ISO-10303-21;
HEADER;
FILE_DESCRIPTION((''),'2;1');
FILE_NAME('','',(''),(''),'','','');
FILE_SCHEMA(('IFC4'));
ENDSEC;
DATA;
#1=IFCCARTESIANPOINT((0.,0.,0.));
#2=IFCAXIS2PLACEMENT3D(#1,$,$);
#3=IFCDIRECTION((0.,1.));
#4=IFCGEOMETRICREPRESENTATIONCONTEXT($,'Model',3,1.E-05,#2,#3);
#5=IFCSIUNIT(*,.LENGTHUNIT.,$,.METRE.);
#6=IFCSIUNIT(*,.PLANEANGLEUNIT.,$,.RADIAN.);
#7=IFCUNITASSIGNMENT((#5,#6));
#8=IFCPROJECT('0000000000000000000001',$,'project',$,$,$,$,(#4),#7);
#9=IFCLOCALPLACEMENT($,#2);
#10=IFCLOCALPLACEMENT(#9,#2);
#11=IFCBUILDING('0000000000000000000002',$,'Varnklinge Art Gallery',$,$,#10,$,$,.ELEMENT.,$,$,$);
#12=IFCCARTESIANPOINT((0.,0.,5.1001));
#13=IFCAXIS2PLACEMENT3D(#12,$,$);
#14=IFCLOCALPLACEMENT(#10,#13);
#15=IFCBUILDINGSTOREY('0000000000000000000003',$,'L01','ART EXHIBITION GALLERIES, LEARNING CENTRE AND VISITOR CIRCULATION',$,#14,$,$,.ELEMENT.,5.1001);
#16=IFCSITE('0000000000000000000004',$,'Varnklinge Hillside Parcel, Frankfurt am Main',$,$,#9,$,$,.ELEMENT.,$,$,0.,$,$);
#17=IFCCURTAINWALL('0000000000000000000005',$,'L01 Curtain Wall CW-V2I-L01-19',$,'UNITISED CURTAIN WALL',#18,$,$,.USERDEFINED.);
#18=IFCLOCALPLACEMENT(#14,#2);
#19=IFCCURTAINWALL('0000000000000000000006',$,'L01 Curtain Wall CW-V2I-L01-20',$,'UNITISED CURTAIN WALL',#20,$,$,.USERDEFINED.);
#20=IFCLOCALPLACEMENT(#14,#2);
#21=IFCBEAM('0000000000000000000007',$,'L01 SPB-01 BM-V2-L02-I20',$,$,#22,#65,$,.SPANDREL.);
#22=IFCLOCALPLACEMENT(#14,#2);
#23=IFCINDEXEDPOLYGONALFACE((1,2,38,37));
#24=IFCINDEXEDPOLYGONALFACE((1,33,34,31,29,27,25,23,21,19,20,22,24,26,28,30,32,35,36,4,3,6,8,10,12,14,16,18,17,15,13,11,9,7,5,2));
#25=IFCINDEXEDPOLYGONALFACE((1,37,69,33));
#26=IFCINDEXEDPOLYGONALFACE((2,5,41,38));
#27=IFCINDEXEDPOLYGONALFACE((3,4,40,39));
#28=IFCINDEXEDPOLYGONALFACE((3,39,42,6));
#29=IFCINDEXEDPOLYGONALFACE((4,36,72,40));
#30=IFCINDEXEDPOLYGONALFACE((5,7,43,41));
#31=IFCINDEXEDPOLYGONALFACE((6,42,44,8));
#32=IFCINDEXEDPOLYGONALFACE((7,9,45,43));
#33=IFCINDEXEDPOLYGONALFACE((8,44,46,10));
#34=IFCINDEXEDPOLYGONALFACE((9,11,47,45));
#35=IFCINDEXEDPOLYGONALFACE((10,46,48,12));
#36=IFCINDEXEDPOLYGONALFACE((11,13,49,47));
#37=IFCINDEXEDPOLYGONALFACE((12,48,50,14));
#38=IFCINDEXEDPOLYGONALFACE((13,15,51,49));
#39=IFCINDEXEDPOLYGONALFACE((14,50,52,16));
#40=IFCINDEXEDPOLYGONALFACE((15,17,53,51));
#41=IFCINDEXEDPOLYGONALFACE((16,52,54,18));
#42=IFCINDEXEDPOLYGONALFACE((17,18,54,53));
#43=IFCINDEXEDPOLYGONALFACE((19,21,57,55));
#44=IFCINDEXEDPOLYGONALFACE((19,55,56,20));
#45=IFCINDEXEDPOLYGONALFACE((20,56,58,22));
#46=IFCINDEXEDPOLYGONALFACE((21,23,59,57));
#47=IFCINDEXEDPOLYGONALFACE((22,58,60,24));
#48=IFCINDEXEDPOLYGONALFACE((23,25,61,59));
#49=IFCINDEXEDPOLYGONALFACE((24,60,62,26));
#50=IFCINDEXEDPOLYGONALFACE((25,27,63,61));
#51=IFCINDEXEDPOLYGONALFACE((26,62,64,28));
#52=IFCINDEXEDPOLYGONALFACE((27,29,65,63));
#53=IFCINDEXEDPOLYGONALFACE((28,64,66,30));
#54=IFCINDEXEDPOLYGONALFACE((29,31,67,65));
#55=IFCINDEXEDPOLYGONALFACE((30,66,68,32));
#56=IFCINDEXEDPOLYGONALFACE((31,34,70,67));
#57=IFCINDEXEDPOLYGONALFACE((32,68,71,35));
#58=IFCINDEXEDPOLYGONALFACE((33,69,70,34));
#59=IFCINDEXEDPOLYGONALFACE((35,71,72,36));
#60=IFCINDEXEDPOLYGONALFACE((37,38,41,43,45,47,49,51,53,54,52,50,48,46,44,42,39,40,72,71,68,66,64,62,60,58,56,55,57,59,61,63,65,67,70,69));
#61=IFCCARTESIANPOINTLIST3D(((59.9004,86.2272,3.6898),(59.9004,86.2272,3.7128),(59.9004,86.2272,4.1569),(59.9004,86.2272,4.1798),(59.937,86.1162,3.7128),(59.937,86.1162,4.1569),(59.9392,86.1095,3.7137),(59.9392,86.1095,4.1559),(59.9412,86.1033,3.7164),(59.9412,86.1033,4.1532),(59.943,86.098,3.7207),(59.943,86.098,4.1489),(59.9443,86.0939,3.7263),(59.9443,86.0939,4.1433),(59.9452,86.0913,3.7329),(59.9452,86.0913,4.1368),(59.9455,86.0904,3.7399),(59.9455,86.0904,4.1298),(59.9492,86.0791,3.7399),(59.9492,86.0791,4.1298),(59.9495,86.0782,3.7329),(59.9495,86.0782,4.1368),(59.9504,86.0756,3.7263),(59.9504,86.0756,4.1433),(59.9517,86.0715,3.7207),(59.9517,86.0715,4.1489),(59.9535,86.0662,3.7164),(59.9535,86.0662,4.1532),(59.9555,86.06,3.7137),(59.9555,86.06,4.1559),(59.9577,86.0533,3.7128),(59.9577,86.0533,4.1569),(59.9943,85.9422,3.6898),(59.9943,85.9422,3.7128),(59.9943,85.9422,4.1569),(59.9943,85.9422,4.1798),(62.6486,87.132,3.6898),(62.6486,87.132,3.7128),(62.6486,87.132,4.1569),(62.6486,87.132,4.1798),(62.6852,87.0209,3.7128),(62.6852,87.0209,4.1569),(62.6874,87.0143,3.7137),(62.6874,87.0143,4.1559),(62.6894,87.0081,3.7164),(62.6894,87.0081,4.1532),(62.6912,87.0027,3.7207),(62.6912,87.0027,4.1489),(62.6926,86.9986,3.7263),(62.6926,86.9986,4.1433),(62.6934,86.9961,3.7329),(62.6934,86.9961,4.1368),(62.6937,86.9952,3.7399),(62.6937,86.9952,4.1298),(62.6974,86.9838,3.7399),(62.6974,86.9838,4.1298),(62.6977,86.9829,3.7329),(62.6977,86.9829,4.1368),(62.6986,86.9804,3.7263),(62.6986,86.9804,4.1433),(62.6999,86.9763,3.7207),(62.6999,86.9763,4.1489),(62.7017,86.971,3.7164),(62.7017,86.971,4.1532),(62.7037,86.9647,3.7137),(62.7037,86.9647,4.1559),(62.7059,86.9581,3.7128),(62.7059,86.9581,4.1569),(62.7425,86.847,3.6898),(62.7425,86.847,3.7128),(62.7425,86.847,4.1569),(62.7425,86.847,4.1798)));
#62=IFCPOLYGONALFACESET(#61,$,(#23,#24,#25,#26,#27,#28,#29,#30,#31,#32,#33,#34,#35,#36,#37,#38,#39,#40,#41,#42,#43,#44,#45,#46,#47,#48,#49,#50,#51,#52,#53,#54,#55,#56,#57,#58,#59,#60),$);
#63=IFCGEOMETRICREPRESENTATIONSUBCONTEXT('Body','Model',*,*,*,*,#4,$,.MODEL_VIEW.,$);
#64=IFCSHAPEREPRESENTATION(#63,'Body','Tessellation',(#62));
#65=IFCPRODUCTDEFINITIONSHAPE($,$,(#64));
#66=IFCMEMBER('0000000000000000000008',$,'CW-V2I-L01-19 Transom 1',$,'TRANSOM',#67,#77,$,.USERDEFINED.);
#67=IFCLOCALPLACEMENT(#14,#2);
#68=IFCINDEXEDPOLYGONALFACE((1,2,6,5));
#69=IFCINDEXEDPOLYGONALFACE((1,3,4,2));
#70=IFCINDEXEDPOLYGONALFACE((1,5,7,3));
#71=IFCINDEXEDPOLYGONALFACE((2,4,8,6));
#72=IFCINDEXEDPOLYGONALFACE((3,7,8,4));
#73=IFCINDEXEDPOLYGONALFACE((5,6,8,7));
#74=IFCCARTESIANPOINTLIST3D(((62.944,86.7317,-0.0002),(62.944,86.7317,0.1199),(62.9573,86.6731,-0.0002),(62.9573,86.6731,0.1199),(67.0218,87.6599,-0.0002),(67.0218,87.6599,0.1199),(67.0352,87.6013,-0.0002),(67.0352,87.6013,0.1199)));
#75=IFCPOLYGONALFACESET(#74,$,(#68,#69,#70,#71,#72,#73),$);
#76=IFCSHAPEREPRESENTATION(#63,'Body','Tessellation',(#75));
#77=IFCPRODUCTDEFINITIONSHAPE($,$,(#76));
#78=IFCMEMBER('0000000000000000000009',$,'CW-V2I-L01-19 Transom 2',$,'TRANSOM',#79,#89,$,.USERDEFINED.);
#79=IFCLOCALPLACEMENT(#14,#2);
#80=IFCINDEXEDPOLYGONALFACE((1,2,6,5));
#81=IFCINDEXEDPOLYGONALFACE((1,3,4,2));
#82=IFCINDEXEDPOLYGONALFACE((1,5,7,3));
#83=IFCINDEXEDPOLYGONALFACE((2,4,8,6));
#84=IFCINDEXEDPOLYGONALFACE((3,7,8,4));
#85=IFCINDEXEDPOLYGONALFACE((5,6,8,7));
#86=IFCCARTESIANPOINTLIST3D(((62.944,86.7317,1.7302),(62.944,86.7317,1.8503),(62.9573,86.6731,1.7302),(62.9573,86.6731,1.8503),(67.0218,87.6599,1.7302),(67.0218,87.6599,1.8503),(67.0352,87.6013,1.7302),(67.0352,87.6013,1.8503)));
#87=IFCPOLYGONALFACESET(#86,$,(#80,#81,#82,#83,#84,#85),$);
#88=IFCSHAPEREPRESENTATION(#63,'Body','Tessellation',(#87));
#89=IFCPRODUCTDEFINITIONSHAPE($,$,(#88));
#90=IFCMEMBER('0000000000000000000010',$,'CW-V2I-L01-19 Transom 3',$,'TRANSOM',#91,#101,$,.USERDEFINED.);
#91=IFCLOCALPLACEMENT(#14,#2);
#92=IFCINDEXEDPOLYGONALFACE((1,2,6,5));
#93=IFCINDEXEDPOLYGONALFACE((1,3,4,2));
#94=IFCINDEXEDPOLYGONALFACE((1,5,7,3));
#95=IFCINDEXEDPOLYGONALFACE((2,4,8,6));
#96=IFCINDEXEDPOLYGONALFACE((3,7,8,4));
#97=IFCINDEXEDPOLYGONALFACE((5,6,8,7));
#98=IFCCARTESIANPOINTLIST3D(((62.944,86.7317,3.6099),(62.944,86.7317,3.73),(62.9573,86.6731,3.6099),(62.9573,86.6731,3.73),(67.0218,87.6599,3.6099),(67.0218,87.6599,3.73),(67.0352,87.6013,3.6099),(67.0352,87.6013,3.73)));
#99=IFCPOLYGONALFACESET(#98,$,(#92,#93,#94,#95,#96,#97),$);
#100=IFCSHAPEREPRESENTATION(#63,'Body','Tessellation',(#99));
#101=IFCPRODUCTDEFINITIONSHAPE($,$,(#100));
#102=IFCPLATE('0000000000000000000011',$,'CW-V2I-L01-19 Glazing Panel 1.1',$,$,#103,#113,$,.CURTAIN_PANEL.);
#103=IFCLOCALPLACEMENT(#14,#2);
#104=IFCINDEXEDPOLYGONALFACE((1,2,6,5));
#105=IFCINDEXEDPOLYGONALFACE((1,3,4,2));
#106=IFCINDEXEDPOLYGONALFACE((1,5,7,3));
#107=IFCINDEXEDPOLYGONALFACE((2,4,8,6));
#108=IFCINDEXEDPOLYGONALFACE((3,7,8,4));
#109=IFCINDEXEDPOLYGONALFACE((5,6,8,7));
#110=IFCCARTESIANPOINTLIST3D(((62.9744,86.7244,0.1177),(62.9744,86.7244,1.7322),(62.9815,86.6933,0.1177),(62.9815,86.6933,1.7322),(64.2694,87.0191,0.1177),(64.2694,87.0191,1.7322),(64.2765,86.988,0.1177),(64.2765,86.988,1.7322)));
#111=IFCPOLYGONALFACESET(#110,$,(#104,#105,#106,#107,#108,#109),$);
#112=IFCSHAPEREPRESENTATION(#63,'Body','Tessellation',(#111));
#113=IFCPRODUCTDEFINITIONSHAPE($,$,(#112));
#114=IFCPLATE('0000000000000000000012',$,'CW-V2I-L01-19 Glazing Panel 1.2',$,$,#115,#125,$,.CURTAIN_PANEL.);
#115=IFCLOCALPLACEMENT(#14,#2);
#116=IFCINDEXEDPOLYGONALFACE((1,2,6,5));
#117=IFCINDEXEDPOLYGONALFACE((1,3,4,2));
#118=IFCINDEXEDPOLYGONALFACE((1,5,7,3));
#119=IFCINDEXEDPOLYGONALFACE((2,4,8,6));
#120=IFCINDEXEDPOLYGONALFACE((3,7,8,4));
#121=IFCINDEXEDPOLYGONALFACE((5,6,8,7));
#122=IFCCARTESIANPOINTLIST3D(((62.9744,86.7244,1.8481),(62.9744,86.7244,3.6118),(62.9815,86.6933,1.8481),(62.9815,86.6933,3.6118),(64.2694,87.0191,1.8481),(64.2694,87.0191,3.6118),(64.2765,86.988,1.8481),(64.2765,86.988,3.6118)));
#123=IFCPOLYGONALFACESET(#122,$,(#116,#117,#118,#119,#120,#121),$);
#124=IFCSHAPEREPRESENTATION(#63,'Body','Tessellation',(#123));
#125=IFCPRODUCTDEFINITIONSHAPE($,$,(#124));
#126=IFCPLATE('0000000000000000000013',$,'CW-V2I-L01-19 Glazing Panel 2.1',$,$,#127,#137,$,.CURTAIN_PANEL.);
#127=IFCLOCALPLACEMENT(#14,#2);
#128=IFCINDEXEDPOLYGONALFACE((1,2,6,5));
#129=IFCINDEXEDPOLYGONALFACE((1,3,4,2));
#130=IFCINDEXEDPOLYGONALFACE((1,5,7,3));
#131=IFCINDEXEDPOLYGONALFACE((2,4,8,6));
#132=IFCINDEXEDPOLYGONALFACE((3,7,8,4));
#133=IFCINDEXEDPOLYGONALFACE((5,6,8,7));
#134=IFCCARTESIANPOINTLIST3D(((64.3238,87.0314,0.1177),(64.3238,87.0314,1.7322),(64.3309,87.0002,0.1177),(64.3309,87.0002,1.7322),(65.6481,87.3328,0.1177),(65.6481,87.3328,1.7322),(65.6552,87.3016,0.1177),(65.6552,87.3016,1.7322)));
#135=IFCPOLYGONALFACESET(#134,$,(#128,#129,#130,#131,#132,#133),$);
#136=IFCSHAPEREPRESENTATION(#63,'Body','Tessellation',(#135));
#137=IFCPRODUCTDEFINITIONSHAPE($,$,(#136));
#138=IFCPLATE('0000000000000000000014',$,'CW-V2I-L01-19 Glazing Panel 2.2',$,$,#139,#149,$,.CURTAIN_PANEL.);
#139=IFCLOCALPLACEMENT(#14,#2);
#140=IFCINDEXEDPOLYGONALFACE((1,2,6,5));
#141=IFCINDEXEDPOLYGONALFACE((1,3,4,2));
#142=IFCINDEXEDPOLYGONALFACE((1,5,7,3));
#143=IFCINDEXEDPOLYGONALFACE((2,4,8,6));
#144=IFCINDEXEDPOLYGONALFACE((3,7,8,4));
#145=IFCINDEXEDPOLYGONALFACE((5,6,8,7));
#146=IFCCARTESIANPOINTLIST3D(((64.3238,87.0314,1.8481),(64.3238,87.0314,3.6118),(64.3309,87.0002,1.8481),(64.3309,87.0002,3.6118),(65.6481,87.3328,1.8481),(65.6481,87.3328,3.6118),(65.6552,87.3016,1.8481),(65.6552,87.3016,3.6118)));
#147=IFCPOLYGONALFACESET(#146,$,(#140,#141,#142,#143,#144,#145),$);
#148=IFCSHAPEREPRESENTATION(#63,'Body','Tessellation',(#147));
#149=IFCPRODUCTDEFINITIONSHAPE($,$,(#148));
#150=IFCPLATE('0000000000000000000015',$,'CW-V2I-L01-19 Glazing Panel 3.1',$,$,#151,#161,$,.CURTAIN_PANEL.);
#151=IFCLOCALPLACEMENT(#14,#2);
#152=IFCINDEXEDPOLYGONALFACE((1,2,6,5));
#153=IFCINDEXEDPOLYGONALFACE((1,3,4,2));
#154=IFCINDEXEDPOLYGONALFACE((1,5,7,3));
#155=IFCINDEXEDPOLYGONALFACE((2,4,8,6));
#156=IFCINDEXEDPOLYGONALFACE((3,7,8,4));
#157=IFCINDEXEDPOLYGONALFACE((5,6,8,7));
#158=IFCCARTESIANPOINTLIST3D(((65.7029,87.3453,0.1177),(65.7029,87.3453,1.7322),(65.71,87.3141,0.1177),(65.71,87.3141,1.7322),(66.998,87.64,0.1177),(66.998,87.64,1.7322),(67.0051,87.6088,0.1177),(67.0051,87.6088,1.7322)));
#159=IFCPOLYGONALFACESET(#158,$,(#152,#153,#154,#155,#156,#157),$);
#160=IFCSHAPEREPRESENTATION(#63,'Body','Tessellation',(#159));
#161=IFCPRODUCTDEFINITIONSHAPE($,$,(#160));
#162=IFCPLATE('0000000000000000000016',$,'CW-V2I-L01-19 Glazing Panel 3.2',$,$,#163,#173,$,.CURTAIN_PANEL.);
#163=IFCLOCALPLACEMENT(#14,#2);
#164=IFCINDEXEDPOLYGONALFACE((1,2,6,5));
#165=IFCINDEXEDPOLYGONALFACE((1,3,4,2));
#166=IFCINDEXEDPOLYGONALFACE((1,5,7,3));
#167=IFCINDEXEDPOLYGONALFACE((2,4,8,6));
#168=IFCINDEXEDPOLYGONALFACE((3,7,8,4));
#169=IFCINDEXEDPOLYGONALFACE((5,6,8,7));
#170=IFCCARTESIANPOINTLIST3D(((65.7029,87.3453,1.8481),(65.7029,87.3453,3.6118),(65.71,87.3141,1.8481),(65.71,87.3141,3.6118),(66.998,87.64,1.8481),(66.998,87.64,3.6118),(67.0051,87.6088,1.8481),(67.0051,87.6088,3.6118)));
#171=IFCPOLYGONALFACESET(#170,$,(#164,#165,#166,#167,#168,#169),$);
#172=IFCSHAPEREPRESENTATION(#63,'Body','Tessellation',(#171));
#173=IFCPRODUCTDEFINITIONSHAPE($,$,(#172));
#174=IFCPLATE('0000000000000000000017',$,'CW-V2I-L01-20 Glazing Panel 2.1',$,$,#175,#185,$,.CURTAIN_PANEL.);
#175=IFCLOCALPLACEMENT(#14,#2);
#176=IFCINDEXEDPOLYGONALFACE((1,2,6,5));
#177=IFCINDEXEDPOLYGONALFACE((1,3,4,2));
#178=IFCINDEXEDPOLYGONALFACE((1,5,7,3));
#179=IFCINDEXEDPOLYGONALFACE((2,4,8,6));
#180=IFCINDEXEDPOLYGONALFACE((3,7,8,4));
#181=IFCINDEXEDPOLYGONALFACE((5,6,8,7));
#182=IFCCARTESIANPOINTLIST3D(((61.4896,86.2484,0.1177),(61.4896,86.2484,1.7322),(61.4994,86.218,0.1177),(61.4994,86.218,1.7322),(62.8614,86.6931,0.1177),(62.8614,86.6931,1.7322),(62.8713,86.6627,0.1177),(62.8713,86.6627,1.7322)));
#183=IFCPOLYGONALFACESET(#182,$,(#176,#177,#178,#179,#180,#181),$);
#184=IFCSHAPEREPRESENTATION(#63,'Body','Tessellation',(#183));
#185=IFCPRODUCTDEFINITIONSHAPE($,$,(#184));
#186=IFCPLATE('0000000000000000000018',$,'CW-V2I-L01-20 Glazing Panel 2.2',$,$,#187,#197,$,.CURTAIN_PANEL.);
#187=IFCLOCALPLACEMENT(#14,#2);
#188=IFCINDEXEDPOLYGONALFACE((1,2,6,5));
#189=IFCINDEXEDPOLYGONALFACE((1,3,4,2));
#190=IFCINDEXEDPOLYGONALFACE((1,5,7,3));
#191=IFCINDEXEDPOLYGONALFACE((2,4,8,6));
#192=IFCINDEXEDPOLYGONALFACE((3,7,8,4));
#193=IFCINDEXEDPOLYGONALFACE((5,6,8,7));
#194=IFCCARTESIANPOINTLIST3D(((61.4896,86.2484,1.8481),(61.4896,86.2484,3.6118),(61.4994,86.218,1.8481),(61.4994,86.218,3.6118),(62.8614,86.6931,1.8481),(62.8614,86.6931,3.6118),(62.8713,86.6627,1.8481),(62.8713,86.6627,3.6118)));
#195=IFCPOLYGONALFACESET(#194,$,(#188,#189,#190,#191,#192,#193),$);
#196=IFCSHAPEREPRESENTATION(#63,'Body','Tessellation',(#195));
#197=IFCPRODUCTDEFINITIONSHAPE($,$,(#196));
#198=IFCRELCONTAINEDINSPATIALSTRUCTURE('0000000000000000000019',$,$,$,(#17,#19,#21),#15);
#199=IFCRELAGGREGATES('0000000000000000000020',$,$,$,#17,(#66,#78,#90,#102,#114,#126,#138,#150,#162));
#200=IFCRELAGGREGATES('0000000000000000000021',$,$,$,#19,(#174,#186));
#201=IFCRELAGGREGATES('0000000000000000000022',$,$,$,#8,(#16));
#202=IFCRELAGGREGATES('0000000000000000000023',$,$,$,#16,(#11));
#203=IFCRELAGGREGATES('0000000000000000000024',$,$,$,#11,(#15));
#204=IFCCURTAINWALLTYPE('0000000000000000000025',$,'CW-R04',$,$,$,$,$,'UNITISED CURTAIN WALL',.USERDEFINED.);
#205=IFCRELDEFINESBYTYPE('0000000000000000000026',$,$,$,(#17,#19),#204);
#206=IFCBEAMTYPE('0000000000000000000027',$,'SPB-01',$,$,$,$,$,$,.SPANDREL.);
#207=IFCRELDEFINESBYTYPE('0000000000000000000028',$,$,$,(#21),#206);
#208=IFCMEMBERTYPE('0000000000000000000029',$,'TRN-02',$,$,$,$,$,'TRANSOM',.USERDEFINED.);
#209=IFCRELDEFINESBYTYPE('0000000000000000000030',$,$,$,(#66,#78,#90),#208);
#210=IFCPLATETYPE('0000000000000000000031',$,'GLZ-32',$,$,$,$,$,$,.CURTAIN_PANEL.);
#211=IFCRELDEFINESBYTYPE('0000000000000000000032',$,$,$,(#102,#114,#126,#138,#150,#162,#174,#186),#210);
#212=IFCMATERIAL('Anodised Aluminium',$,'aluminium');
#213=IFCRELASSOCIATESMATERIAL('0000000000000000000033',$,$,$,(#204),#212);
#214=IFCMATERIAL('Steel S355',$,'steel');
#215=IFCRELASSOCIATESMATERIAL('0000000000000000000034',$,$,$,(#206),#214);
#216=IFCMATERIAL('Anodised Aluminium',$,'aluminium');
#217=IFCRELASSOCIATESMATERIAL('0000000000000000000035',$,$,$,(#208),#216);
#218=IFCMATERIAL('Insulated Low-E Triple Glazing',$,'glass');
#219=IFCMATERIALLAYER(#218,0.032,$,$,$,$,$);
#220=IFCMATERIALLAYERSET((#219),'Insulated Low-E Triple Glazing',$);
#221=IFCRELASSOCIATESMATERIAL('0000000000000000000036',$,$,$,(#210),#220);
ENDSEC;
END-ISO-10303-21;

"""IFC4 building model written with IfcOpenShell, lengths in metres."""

from ifc_helpers import new_model, si_unit, direction, frame, origin, origin_2d, place, context, subcontext, project, spatial, rectangle, i_section, extrude, material, layer, layer_set, material_profile, profile_set, type_object, element, aggregate, save


model = new_model("IFC4")

# Units and contexts
model_context = context("Model", 3, precision=1e-05, world=origin(), true_north=direction((0.0, 1.0)))
body_context = subcontext(model_context, "Body", "Model", "MODEL_VIEW")
ifc_project = project(units=[si_unit("LENGTHUNIT", "METRE"), si_unit("PLANEANGLEUNIT", "RADIAN")], contexts=[model_context])

# Site, building, storey
site_placement = place(None, origin())
site = spatial("IfcSite", under=ifc_project, at=site_placement, Name="Varnklinge Hillside Parcel, Frankfurt am Main", CompositionType="ELEMENT", RefElevation=0.0)
building_placement = place(site_placement, origin())
building = spatial("IfcBuilding", under=site, at=building_placement, Name="Varnklinge Art Gallery", CompositionType="ELEMENT")
storey_placement = place(building_placement, frame((0.0, 0.0, 5.1001)))
storey = spatial("IfcBuildingStorey", under=building, at=storey_placement, Name="L01", Description="ART EXHIBITION GALLERIES, LEARNING CENTRE AND VISITOR CIRCULATION", CompositionType="ELEMENT", Elevation=5.1001)

# Curtain walls
ifc_material_1 = material(Name="Anodised Aluminium", Category="aluminium")
curtain_wall_type = type_object("IfcCurtainWallType", Name="CW-R04", ElementType="UNITISED CURTAIN WALL", PredefinedType="USERDEFINED", material=ifc_material_1)
curtain_wall_1_placement = place(storey_placement, origin())
curtain_wall_1 = element("IfcCurtainWall", 1, at=curtain_wall_1_placement, inside=storey, type_object=curtain_wall_type, Name="L01 Curtain Wall CW-V2I-L01-19", ObjectType="UNITISED CURTAIN WALL", PredefinedType="USERDEFINED")
curtain_wall_2_placement = place(storey_placement, origin())
curtain_wall_2 = element("IfcCurtainWall", 2, at=curtain_wall_2_placement, inside=storey, type_object=curtain_wall_type, Name="L01 Curtain Wall CW-V2I-L01-20", ObjectType="UNITISED CURTAIN WALL", PredefinedType="USERDEFINED")

# Beam
ifc_material_2 = material(Name="Steel S355", Category="steel")
ifc_material_profile_1 = material_profile(ifc_material_2, i_section(OverallWidth=0.3, OverallDepth=0.49, WebThickness=0.012, FlangeThickness=0.0229, FilletRadius=0.0271, at=origin_2d()), Name="HEA 500")
ifc_profile_set_1 = profile_set([ifc_material_profile_1], Name="Steel S355")
beam_type = type_object("IfcBeamType", Name="SPB-01", PredefinedType="SPANDREL", material=ifc_profile_set_1)
beam_1_placement = place(storey_placement, frame((62.6956, 86.9895, 3.9348), z_axis=(-0.94985, -0.312707, 0.0), x_axis=(0.312707, -0.94985, 0.0)))
element("IfcBeam", 3, at=beam_1_placement, inside=storey, type_object=beam_type, Name="L01 SPB-01 BM-V2-L02-I20", PredefinedType="SPANDREL", context=body_context, shape_type="SweptSolid", body=[
    extrude(i_section(OverallWidth=0.3, OverallDepth=0.49, WebThickness=0.012, FlangeThickness=0.0229, FilletRadius=0.0271, at=origin_2d()), origin(), (0.0, 0.0, 1.0), 2.8933),
])

# Members
ifc_material_3 = material(Name="Anodised Aluminium", Category="aluminium")
ifc_material_profile_2 = material_profile(ifc_material_3, rectangle(XDim=0.0601, YDim=0.1201, at=origin_2d()), Name="ALU 60x120")
ifc_profile_set_2 = profile_set([ifc_material_profile_2], Name="Anodised Aluminium")
member_type_1 = type_object("IfcMemberType", Name="TRN-02", ElementType="TRANSOM", PredefinedType="USERDEFINED", material=ifc_profile_set_2)
member_1_placement = place(storey_placement, frame((62.9507, 86.7024, 0.0598), z_axis=(0.975059, 0.221947, 0.0), x_axis=(-0.221947, 0.975059, 0.0)))
member_1 = element("IfcMember", 4, at=member_1_placement, type_object=member_type_1, Name="CW-V2I-L01-19 Transom 1", ObjectType="TRANSOM", PredefinedType="USERDEFINED", context=body_context, shape_type="SweptSolid", body=[
    extrude(rectangle(XDim=0.0601, YDim=0.1201, at=origin_2d()), origin(), (0.0, 0.0, 1.0), 4.1821),
])
member_2_placement = place(storey_placement, frame((62.9507, 86.7024, 1.7903), z_axis=(0.975059, 0.221947, 0.0), x_axis=(-0.221947, 0.975059, 0.0)))
member_2 = element("IfcMember", 5, at=member_2_placement, type_object=member_type_1, Name="CW-V2I-L01-19 Transom 2", ObjectType="TRANSOM", PredefinedType="USERDEFINED", context=body_context, shape_type="SweptSolid", body=[
    extrude(rectangle(XDim=0.0601, YDim=0.1201, at=origin_2d()), origin(), (0.0, 0.0, 1.0), 4.1821),
])
member_3_placement = place(storey_placement, frame((62.9507, 86.7024, 3.6699), z_axis=(0.975059, 0.221947, 0.0), x_axis=(-0.221947, 0.975059, 0.0)))
member_3 = element("IfcMember", 6, at=member_3_placement, type_object=member_type_1, Name="CW-V2I-L01-19 Transom 3", ObjectType="TRANSOM", PredefinedType="USERDEFINED", context=body_context, shape_type="SweptSolid", body=[
    extrude(rectangle(XDim=0.0601, YDim=0.1201, at=origin_2d()), origin(), (0.0, 0.0, 1.0), 4.1821),
])

# Plates
ifc_material_4 = material(Name="Insulated Low-E Triple Glazing", Category="glass")
ifc_layer_1 = layer(ifc_material_4, 0.032)
ifc_layer_set_1 = layer_set([ifc_layer_1], Name="Insulated Low-E Triple Glazing")
plate_type_1 = type_object("IfcPlateType", Name="GLZ-32", PredefinedType="CURTAIN_PANEL", material=ifc_layer_set_1)
plate_1_placement = place(storey_placement, frame((63.6255, 86.8562, 0.1177), z_axis=(0.0, 0.0, 1.0), x_axis=(0.975072, 0.221889, 0.0)))
plate_1 = element("IfcPlate", 7, at=plate_1_placement, type_object=plate_type_1, Name="CW-V2I-L01-19 Glazing Panel 1.1", PredefinedType="CURTAIN_PANEL", context=body_context, shape_type="SweptSolid", body=[
    extrude(rectangle(XDim=1.3281, YDim=0.032, at=origin_2d()), origin(), (0.0, 0.0, 1.0), 1.6145),
])
plate_2_placement = place(storey_placement, frame((63.6255, 86.8562, 1.8481), z_axis=(0.0, 0.0, 1.0), x_axis=(0.975072, 0.221889, 0.0)))
plate_2 = element("IfcPlate", 8, at=plate_2_placement, type_object=plate_type_1, Name="CW-V2I-L01-19 Glazing Panel 1.2", PredefinedType="CURTAIN_PANEL", context=body_context, shape_type="SweptSolid", body=[
    extrude(rectangle(XDim=1.3281, YDim=0.032, at=origin_2d()), origin(), (0.0, 0.0, 1.0), 1.7637),
])
plate_3_placement = place(storey_placement, frame((64.9895, 87.1665, 0.1177), z_axis=(0.0, 0.0, 1.0), x_axis=(0.975072, 0.221889, 0.0)))
plate_3 = element("IfcPlate", 9, at=plate_3_placement, type_object=plate_type_1, Name="CW-V2I-L01-19 Glazing Panel 2.1", PredefinedType="CURTAIN_PANEL", context=body_context, shape_type="SweptSolid", body=[
    extrude(rectangle(XDim=1.3582, YDim=0.032, at=origin_2d()), origin(), (0.0, 0.0, 1.0), 1.6145),
])
plate_4_placement = place(storey_placement, frame((64.9895, 87.1665, 1.8481), z_axis=(0.0, 0.0, 1.0), x_axis=(0.975072, 0.221889, 0.0)))
plate_4 = element("IfcPlate", 10, at=plate_4_placement, type_object=plate_type_1, Name="CW-V2I-L01-19 Glazing Panel 2.2", PredefinedType="CURTAIN_PANEL", context=body_context, shape_type="SweptSolid", body=[
    extrude(rectangle(XDim=1.3582, YDim=0.032, at=origin_2d()), origin(), (0.0, 0.0, 1.0), 1.7637),
])
plate_5_placement = place(storey_placement, frame((66.354, 87.4771, 0.1177), z_axis=(0.0, 0.0, 1.0), x_axis=(0.975072, 0.221889, 0.0)))
plate_5 = element("IfcPlate", 11, at=plate_5_placement, type_object=plate_type_1, Name="CW-V2I-L01-19 Glazing Panel 3.1", PredefinedType="CURTAIN_PANEL", context=body_context, shape_type="SweptSolid", body=[
    extrude(rectangle(XDim=1.3281, YDim=0.032, at=origin_2d()), origin(), (0.0, 0.0, 1.0), 1.6145),
])
plate_6_placement = place(storey_placement, frame((66.354, 87.4771, 1.8481), z_axis=(0.0, 0.0, 1.0), x_axis=(0.975072, 0.221889, 0.0)))
plate_6 = element("IfcPlate", 12, at=plate_6_placement, type_object=plate_type_1, Name="CW-V2I-L01-19 Glazing Panel 3.2", PredefinedType="CURTAIN_PANEL", context=body_context, shape_type="SweptSolid", body=[
    extrude(rectangle(XDim=1.3281, YDim=0.032, at=origin_2d()), origin(), (0.0, 0.0, 1.0), 1.7637),
])
aggregate(curtain_wall_1, [member_1, member_2, member_3, plate_1, plate_2, plate_3, plate_4, plate_5, plate_6])
plate_7_placement = place(storey_placement, frame((62.1804, 86.4556, 0.1177), z_axis=(0.0, 0.0, 1.0), x_axis=(0.951272, 0.308353, 0.0)))
plate_7 = element("IfcPlate", 13, at=plate_7_placement, type_object=plate_type_1, Name="CW-V2I-L01-20 Glazing Panel 2.1", PredefinedType="CURTAIN_PANEL", context=body_context, shape_type="SweptSolid", body=[
    extrude(rectangle(XDim=1.4421, YDim=0.032, at=origin_2d()), origin(), (0.0, 0.0, 1.0), 1.6145),
])
plate_8_placement = place(storey_placement, frame((62.1804, 86.4556, 1.8481), z_axis=(0.0, 0.0, 1.0), x_axis=(0.951272, 0.308353, 0.0)))
plate_8 = element("IfcPlate", 14, at=plate_8_placement, type_object=plate_type_1, Name="CW-V2I-L01-20 Glazing Panel 2.2", PredefinedType="CURTAIN_PANEL", context=body_context, shape_type="SweptSolid", body=[
    extrude(rectangle(XDim=1.4421, YDim=0.032, at=origin_2d()), origin(), (0.0, 0.0, 1.0), 1.7637),
])
aggregate(curtain_wall_2, [plate_7, plate_8])

save(model, "model.ifc")
